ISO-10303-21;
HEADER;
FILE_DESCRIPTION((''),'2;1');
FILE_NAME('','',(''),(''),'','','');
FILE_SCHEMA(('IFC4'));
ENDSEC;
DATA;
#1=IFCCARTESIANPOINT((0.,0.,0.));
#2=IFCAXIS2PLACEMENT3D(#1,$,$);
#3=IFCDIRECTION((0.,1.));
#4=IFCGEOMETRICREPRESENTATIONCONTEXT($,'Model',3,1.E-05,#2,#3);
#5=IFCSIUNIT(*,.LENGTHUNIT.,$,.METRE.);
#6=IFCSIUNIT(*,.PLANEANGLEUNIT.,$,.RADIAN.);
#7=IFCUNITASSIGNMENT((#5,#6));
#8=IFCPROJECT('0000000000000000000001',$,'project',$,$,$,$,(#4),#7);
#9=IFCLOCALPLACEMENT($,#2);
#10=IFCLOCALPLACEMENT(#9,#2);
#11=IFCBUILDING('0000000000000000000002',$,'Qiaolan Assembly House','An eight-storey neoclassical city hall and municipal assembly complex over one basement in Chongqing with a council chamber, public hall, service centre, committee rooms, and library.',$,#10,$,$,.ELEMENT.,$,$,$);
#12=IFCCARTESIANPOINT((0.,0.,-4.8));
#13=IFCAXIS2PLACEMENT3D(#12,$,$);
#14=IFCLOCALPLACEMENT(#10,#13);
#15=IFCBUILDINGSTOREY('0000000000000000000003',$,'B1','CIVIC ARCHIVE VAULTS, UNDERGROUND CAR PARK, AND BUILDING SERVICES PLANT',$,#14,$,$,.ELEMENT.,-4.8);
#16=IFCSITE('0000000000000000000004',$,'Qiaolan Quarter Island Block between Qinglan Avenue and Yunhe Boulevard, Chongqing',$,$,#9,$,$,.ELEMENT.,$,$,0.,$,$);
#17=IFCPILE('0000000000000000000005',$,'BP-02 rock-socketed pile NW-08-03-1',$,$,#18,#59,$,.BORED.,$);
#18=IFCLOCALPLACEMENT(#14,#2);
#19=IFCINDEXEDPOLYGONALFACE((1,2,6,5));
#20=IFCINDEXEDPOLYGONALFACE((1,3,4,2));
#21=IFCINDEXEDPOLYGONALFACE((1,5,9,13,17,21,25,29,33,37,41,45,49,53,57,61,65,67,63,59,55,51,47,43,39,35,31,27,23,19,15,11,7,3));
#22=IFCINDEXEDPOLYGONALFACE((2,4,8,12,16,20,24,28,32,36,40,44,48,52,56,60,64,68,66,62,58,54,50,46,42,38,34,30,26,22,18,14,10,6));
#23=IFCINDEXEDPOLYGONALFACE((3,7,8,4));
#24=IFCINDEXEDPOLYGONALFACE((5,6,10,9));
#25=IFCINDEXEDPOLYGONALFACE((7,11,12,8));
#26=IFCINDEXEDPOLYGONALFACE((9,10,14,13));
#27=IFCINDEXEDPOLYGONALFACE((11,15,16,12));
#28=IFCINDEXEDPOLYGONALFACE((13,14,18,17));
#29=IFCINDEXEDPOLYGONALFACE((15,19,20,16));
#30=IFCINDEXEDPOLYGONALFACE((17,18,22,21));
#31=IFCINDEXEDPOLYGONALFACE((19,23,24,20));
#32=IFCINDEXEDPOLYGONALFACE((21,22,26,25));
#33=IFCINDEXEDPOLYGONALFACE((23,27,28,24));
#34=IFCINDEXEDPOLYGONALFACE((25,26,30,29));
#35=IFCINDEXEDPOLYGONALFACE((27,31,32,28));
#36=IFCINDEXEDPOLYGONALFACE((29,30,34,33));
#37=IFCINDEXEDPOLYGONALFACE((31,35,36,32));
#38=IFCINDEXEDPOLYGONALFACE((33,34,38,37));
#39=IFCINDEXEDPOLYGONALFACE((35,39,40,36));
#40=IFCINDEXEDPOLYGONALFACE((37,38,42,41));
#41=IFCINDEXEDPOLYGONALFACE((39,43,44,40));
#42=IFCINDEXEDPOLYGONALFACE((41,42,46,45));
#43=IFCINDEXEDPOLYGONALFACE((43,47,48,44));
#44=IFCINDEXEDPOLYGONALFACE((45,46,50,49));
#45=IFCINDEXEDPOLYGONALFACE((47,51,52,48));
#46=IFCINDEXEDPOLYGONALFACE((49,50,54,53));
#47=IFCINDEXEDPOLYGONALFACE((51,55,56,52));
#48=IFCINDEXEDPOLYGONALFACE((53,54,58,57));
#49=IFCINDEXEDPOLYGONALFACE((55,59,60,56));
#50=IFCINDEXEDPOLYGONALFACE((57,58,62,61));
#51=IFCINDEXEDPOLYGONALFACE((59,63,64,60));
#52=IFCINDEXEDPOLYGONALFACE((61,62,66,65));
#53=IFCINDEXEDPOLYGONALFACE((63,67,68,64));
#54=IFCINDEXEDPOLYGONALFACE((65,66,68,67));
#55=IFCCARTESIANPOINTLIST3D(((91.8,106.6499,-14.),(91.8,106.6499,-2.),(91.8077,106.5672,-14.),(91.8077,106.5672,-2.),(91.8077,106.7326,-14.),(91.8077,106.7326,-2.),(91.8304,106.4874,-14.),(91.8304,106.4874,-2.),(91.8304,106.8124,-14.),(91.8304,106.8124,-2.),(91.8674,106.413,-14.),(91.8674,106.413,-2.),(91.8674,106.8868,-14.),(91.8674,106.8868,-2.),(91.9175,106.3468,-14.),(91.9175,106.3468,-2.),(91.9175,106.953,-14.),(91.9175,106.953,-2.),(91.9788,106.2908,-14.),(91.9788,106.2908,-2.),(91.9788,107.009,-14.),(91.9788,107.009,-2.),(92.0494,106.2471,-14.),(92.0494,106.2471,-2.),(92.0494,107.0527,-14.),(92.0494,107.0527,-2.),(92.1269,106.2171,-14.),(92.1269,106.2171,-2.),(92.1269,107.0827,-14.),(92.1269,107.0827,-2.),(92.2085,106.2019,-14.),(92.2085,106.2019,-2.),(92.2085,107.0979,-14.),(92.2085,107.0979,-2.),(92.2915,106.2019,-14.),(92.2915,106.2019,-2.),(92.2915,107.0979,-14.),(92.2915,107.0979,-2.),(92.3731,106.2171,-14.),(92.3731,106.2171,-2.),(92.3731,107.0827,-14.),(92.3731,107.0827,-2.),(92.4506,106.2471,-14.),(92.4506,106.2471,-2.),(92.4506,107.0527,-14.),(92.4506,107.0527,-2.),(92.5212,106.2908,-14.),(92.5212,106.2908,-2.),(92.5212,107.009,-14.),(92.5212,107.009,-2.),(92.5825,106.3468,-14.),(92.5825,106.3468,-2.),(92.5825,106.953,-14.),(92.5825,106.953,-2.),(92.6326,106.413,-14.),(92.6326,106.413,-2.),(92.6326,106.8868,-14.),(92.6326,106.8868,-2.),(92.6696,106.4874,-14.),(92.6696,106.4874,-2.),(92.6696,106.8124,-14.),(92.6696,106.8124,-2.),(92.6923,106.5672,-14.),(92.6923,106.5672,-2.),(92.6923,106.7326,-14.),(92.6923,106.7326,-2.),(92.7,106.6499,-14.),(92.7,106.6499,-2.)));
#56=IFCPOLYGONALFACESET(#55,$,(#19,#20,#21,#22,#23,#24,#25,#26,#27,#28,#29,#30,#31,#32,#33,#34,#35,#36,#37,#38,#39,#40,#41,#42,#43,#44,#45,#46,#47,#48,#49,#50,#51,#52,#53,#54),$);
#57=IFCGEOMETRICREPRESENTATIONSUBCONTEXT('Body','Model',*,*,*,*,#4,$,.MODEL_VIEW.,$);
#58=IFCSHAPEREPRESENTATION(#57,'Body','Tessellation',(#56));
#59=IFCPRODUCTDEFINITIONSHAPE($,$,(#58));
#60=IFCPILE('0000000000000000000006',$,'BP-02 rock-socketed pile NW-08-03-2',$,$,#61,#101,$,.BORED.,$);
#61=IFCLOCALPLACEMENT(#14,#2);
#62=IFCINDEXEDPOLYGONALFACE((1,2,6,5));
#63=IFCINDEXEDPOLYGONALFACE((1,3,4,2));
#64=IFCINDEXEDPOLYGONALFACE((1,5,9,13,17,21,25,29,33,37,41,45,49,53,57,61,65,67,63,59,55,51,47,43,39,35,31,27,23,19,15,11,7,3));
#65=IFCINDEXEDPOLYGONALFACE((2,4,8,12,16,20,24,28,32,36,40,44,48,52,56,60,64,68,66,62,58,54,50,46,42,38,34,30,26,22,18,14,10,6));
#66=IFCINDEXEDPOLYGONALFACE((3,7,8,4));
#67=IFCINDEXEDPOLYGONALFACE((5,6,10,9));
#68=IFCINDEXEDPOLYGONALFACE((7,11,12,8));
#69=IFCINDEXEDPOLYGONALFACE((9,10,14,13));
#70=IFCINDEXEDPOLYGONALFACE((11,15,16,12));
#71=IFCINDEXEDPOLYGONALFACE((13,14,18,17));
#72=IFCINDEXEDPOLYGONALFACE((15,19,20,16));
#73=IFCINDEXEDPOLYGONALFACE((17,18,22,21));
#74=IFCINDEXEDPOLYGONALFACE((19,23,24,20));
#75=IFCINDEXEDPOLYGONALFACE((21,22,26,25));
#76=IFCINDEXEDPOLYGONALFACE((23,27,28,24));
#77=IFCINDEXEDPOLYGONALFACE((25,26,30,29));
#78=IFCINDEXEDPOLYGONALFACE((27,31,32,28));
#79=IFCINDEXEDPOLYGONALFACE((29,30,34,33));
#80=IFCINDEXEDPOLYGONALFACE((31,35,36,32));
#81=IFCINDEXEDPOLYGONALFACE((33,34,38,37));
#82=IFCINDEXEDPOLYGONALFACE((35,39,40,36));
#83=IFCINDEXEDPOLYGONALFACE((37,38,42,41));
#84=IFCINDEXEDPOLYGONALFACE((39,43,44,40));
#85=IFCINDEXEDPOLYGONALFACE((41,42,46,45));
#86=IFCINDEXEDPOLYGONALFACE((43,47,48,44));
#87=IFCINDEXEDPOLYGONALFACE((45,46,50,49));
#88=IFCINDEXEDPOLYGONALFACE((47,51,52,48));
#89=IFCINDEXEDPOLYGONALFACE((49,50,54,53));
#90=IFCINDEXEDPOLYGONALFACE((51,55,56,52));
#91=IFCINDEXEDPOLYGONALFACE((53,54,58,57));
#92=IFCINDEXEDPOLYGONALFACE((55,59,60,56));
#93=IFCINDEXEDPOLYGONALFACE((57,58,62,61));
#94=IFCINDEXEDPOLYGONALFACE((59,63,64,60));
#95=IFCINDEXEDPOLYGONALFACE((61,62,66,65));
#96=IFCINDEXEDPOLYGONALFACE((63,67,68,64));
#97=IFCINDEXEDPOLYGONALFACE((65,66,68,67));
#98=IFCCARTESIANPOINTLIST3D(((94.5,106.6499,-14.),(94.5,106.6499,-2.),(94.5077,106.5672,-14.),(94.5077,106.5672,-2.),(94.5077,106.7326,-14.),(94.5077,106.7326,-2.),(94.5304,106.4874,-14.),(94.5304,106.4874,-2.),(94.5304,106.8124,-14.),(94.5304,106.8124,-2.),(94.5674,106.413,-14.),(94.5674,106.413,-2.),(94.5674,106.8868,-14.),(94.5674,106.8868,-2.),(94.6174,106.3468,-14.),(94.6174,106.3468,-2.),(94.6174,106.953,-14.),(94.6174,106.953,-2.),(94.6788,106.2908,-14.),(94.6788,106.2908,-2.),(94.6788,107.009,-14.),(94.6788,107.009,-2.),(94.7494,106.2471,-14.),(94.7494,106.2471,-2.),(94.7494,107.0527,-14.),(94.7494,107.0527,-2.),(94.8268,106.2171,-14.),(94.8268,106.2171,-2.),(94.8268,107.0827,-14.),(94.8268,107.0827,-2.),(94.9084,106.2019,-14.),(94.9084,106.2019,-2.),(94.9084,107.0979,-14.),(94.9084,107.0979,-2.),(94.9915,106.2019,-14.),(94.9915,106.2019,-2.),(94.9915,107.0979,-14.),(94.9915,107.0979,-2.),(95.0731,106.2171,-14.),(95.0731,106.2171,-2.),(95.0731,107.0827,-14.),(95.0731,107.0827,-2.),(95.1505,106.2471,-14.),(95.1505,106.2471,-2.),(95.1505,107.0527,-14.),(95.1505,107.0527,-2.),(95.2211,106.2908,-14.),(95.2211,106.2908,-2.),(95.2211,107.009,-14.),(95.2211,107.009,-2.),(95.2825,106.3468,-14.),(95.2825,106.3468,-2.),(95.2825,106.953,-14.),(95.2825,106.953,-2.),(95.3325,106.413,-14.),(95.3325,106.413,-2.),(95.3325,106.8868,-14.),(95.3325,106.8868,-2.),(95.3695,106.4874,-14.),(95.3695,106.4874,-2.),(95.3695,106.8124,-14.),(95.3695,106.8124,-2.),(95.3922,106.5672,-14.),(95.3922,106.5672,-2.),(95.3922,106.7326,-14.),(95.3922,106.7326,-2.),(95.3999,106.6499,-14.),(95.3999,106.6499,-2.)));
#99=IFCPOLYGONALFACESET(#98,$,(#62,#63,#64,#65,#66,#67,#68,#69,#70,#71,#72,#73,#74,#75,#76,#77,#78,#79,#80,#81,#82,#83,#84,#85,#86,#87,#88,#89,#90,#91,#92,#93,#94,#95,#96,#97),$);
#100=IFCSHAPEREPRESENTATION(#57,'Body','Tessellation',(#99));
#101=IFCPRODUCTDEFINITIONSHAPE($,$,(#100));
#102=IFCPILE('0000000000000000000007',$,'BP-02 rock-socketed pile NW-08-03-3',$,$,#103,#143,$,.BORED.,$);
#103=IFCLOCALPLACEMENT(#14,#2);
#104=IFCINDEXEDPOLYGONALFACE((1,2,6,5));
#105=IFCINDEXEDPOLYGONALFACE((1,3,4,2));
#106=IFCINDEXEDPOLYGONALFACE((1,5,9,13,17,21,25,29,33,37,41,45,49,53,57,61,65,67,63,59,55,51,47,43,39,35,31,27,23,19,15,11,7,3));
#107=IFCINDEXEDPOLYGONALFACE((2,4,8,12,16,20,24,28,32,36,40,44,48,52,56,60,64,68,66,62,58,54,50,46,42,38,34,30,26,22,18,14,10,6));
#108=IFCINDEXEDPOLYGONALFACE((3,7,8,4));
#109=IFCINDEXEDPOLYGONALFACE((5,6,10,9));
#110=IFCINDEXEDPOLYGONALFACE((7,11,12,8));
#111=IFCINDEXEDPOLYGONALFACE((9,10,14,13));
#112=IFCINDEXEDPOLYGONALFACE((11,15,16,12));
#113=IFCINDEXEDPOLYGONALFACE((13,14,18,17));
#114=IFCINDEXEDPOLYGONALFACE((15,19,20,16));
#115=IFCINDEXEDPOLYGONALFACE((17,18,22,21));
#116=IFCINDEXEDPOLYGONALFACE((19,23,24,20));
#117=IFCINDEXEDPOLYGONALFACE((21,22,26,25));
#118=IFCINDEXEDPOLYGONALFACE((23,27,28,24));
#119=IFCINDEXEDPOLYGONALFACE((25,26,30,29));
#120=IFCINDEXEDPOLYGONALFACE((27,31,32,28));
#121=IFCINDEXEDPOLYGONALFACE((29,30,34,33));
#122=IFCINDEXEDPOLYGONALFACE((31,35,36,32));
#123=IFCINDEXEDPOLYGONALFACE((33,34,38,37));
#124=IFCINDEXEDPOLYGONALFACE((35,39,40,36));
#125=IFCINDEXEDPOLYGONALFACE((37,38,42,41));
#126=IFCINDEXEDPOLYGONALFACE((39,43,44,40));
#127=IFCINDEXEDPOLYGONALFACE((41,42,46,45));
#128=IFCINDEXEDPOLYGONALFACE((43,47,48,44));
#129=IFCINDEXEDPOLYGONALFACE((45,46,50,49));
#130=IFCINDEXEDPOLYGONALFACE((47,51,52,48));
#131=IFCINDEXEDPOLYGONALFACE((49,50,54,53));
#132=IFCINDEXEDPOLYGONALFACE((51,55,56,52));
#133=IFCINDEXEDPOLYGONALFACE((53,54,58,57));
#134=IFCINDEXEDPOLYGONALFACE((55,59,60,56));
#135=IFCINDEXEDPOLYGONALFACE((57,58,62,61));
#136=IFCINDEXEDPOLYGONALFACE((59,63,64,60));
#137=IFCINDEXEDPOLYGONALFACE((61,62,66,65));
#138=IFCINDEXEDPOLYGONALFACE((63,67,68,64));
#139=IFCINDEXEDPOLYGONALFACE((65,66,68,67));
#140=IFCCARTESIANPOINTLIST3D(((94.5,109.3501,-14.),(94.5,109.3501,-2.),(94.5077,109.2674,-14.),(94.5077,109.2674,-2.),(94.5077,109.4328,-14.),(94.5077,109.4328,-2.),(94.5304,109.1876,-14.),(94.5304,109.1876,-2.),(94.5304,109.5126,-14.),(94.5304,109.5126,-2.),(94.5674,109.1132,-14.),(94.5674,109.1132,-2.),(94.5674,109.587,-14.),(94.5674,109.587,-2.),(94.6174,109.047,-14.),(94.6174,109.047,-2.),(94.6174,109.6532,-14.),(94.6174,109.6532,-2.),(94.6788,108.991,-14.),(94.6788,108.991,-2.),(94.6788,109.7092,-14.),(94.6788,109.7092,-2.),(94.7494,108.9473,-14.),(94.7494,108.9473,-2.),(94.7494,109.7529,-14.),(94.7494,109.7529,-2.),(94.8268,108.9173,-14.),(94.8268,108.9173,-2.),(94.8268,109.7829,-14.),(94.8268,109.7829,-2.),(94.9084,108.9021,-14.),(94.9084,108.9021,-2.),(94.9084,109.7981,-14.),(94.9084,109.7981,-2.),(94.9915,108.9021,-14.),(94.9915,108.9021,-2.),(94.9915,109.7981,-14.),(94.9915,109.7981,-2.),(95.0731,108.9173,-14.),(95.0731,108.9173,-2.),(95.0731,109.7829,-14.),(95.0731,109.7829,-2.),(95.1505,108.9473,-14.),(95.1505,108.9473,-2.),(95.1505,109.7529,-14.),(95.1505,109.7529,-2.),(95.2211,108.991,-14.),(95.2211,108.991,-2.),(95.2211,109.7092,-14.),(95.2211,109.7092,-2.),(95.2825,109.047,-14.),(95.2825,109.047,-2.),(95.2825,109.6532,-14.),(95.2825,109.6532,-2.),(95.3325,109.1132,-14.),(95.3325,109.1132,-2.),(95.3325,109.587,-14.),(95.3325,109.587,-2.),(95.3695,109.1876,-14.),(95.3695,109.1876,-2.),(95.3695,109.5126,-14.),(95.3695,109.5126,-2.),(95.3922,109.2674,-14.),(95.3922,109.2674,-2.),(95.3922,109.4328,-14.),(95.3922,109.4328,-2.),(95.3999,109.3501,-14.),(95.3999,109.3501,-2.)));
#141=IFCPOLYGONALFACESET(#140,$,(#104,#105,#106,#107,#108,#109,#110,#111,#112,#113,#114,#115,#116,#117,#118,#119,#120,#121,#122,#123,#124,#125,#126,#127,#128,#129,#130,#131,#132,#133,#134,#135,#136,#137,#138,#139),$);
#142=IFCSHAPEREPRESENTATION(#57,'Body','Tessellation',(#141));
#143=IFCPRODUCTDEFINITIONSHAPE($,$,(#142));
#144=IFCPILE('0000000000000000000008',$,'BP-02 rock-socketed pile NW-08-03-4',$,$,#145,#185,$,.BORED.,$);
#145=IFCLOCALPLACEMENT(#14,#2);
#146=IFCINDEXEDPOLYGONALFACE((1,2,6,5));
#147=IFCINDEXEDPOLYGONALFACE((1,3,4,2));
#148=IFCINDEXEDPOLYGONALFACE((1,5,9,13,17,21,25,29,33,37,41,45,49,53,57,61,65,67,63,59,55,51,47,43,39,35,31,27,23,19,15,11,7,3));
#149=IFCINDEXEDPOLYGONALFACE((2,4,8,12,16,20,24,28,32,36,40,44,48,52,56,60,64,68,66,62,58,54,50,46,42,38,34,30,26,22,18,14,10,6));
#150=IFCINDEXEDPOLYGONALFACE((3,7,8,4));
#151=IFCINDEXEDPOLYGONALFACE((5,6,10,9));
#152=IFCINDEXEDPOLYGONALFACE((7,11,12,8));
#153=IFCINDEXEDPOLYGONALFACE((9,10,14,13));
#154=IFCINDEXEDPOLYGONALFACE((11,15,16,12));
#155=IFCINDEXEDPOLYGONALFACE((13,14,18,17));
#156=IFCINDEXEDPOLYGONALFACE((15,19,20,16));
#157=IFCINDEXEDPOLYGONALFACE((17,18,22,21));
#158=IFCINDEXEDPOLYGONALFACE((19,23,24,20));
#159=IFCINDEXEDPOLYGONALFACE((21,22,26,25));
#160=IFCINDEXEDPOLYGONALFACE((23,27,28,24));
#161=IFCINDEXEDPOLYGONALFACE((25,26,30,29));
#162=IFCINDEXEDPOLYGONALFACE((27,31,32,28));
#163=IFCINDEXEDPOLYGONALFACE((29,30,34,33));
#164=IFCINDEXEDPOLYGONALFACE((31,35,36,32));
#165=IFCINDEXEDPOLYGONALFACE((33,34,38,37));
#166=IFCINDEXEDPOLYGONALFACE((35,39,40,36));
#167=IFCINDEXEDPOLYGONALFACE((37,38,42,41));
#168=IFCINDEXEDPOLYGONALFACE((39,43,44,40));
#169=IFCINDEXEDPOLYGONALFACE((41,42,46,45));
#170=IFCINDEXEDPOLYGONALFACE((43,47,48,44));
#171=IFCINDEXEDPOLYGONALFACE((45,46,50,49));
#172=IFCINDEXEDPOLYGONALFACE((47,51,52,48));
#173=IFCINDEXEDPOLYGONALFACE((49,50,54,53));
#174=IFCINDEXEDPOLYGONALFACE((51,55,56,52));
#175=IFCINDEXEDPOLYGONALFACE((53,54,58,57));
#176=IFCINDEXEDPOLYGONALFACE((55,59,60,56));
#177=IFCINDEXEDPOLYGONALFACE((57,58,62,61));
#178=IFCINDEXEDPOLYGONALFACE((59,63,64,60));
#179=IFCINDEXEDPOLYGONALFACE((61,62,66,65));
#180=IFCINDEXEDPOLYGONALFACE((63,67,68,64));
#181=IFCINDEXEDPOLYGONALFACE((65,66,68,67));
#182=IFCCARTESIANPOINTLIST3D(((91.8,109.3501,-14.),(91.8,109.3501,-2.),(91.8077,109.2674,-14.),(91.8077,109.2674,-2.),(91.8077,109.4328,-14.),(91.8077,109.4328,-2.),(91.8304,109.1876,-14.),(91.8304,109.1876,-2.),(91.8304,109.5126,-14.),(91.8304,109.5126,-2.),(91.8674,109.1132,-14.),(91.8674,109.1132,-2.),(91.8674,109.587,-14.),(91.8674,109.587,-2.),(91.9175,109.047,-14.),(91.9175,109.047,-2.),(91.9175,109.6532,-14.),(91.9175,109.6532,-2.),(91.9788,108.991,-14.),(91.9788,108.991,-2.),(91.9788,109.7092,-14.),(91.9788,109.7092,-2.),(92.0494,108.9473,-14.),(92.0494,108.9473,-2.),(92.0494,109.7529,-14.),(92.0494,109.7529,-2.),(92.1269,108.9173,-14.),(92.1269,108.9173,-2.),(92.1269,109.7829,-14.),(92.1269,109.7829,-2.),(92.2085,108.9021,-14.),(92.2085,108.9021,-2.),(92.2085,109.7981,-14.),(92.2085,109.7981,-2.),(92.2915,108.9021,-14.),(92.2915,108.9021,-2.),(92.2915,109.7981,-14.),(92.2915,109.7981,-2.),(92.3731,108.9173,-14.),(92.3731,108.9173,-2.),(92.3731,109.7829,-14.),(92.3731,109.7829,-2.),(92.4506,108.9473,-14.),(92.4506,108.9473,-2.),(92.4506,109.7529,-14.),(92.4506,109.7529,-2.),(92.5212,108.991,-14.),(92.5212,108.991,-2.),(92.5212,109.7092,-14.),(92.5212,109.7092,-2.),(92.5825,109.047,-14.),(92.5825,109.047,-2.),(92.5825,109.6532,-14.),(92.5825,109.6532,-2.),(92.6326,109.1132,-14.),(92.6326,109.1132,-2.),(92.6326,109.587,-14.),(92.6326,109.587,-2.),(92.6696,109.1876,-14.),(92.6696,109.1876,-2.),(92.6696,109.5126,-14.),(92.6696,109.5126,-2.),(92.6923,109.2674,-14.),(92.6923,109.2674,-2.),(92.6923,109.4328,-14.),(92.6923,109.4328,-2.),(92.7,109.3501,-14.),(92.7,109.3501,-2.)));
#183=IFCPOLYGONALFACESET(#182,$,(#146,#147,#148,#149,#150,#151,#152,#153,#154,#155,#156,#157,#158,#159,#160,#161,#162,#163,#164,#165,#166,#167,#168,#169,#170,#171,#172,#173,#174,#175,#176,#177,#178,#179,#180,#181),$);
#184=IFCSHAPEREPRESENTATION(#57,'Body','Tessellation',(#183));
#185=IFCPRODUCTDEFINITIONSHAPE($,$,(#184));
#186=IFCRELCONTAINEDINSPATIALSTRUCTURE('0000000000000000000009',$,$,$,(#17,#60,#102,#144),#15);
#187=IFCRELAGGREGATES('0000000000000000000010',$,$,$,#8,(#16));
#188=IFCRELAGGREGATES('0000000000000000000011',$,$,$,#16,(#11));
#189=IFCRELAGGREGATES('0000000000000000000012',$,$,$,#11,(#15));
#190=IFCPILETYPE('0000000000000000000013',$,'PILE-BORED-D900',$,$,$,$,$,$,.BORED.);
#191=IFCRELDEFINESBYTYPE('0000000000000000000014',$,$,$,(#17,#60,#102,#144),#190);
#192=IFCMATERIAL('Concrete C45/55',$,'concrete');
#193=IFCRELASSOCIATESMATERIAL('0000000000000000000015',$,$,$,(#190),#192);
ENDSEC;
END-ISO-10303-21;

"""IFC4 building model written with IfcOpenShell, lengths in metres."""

from ifc_helpers import new_model, si_unit, direction, frame, origin, origin_2d, place, context, subcontext, project, spatial, circle, extrude, material, material_profile, profile_set, type_object, element, save


model = new_model("IFC4")

# Units and contexts
model_context = context("Model", 3, precision=1e-05, world=origin(), true_north=direction((0.0, 1.0)))
body_context = subcontext(model_context, "Body", "Model", "MODEL_VIEW")
ifc_project = project(units=[si_unit("LENGTHUNIT", "METRE"), si_unit("PLANEANGLEUNIT", "RADIAN")], contexts=[model_context])

# Site, building, storey
site_placement = place(None, origin())
site = spatial("IfcSite", under=ifc_project, at=site_placement, Name="Qiaolan Quarter Island Block between Qinglan Avenue and Yunhe Boulevard, Chongqing", CompositionType="ELEMENT", RefElevation=0.0)
building_placement = place(site_placement, origin())
building = spatial("IfcBuilding", under=site, at=building_placement, Name="Qiaolan Assembly House", Description="An eight-storey neoclassical city hall and municipal assembly complex over one basement in Chongqing with a council chamber, public hall, service centre, committee rooms, and library.", CompositionType="ELEMENT")
storey_placement = place(building_placement, frame((0.0, 0.0, -4.8)))
storey = spatial("IfcBuildingStorey", under=building, at=storey_placement, Name="B1", Description="CIVIC ARCHIVE VAULTS, UNDERGROUND CAR PARK, AND BUILDING SERVICES PLANT", CompositionType="ELEMENT", Elevation=-4.8)

# Piles
ifc_material_1 = material(Name="Concrete C45/55", Category="concrete")
ifc_material_profile_1 = material_profile(ifc_material_1, circle(Radius=0.45, at=origin_2d()), Name="PILE D900")
ifc_profile_set_1 = profile_set([ifc_material_profile_1], Name="Concrete C45/55")
pile_type_1 = type_object("IfcPileType", Name="PILE-BORED-D900", PredefinedType="BORED", material=ifc_profile_set_1)
for number, where, z_axis, x_axis, name in (
    (1, (92.25, 106.6499, -2.0), (0.0, 0.0, -1.0), (1.0, 0.0, 0.0), "BP-02 rock-socketed pile NW-08-03-1"),
    (2, (94.95, 106.6499, -2.0), (0.0, 0.0, -1.0), (1.0, 0.0, 0.0), "BP-02 rock-socketed pile NW-08-03-2"),
    (3, (94.95, 109.3501, -2.0), (0.0, 0.0, -1.0), (1.0, 0.0, 0.0), "BP-02 rock-socketed pile NW-08-03-3"),
    (4, (92.25, 109.3501, -2.0), (0.0, 0.0, -1.0), (1.0, 0.0, 0.0), "BP-02 rock-socketed pile NW-08-03-4"),
):
    element("IfcPile", number, at=place(storey_placement, frame(where, z_axis=z_axis, x_axis=x_axis)), inside=storey, type_object=pile_type_1, Name=name, PredefinedType="BORED", context=body_context, shape_type="SweptSolid", body=[
        extrude(circle(Radius=0.45, at=origin_2d()), origin(), (0.0, 0.0, 1.0), 12.0),
    ])

save(model, "model.ifc")
